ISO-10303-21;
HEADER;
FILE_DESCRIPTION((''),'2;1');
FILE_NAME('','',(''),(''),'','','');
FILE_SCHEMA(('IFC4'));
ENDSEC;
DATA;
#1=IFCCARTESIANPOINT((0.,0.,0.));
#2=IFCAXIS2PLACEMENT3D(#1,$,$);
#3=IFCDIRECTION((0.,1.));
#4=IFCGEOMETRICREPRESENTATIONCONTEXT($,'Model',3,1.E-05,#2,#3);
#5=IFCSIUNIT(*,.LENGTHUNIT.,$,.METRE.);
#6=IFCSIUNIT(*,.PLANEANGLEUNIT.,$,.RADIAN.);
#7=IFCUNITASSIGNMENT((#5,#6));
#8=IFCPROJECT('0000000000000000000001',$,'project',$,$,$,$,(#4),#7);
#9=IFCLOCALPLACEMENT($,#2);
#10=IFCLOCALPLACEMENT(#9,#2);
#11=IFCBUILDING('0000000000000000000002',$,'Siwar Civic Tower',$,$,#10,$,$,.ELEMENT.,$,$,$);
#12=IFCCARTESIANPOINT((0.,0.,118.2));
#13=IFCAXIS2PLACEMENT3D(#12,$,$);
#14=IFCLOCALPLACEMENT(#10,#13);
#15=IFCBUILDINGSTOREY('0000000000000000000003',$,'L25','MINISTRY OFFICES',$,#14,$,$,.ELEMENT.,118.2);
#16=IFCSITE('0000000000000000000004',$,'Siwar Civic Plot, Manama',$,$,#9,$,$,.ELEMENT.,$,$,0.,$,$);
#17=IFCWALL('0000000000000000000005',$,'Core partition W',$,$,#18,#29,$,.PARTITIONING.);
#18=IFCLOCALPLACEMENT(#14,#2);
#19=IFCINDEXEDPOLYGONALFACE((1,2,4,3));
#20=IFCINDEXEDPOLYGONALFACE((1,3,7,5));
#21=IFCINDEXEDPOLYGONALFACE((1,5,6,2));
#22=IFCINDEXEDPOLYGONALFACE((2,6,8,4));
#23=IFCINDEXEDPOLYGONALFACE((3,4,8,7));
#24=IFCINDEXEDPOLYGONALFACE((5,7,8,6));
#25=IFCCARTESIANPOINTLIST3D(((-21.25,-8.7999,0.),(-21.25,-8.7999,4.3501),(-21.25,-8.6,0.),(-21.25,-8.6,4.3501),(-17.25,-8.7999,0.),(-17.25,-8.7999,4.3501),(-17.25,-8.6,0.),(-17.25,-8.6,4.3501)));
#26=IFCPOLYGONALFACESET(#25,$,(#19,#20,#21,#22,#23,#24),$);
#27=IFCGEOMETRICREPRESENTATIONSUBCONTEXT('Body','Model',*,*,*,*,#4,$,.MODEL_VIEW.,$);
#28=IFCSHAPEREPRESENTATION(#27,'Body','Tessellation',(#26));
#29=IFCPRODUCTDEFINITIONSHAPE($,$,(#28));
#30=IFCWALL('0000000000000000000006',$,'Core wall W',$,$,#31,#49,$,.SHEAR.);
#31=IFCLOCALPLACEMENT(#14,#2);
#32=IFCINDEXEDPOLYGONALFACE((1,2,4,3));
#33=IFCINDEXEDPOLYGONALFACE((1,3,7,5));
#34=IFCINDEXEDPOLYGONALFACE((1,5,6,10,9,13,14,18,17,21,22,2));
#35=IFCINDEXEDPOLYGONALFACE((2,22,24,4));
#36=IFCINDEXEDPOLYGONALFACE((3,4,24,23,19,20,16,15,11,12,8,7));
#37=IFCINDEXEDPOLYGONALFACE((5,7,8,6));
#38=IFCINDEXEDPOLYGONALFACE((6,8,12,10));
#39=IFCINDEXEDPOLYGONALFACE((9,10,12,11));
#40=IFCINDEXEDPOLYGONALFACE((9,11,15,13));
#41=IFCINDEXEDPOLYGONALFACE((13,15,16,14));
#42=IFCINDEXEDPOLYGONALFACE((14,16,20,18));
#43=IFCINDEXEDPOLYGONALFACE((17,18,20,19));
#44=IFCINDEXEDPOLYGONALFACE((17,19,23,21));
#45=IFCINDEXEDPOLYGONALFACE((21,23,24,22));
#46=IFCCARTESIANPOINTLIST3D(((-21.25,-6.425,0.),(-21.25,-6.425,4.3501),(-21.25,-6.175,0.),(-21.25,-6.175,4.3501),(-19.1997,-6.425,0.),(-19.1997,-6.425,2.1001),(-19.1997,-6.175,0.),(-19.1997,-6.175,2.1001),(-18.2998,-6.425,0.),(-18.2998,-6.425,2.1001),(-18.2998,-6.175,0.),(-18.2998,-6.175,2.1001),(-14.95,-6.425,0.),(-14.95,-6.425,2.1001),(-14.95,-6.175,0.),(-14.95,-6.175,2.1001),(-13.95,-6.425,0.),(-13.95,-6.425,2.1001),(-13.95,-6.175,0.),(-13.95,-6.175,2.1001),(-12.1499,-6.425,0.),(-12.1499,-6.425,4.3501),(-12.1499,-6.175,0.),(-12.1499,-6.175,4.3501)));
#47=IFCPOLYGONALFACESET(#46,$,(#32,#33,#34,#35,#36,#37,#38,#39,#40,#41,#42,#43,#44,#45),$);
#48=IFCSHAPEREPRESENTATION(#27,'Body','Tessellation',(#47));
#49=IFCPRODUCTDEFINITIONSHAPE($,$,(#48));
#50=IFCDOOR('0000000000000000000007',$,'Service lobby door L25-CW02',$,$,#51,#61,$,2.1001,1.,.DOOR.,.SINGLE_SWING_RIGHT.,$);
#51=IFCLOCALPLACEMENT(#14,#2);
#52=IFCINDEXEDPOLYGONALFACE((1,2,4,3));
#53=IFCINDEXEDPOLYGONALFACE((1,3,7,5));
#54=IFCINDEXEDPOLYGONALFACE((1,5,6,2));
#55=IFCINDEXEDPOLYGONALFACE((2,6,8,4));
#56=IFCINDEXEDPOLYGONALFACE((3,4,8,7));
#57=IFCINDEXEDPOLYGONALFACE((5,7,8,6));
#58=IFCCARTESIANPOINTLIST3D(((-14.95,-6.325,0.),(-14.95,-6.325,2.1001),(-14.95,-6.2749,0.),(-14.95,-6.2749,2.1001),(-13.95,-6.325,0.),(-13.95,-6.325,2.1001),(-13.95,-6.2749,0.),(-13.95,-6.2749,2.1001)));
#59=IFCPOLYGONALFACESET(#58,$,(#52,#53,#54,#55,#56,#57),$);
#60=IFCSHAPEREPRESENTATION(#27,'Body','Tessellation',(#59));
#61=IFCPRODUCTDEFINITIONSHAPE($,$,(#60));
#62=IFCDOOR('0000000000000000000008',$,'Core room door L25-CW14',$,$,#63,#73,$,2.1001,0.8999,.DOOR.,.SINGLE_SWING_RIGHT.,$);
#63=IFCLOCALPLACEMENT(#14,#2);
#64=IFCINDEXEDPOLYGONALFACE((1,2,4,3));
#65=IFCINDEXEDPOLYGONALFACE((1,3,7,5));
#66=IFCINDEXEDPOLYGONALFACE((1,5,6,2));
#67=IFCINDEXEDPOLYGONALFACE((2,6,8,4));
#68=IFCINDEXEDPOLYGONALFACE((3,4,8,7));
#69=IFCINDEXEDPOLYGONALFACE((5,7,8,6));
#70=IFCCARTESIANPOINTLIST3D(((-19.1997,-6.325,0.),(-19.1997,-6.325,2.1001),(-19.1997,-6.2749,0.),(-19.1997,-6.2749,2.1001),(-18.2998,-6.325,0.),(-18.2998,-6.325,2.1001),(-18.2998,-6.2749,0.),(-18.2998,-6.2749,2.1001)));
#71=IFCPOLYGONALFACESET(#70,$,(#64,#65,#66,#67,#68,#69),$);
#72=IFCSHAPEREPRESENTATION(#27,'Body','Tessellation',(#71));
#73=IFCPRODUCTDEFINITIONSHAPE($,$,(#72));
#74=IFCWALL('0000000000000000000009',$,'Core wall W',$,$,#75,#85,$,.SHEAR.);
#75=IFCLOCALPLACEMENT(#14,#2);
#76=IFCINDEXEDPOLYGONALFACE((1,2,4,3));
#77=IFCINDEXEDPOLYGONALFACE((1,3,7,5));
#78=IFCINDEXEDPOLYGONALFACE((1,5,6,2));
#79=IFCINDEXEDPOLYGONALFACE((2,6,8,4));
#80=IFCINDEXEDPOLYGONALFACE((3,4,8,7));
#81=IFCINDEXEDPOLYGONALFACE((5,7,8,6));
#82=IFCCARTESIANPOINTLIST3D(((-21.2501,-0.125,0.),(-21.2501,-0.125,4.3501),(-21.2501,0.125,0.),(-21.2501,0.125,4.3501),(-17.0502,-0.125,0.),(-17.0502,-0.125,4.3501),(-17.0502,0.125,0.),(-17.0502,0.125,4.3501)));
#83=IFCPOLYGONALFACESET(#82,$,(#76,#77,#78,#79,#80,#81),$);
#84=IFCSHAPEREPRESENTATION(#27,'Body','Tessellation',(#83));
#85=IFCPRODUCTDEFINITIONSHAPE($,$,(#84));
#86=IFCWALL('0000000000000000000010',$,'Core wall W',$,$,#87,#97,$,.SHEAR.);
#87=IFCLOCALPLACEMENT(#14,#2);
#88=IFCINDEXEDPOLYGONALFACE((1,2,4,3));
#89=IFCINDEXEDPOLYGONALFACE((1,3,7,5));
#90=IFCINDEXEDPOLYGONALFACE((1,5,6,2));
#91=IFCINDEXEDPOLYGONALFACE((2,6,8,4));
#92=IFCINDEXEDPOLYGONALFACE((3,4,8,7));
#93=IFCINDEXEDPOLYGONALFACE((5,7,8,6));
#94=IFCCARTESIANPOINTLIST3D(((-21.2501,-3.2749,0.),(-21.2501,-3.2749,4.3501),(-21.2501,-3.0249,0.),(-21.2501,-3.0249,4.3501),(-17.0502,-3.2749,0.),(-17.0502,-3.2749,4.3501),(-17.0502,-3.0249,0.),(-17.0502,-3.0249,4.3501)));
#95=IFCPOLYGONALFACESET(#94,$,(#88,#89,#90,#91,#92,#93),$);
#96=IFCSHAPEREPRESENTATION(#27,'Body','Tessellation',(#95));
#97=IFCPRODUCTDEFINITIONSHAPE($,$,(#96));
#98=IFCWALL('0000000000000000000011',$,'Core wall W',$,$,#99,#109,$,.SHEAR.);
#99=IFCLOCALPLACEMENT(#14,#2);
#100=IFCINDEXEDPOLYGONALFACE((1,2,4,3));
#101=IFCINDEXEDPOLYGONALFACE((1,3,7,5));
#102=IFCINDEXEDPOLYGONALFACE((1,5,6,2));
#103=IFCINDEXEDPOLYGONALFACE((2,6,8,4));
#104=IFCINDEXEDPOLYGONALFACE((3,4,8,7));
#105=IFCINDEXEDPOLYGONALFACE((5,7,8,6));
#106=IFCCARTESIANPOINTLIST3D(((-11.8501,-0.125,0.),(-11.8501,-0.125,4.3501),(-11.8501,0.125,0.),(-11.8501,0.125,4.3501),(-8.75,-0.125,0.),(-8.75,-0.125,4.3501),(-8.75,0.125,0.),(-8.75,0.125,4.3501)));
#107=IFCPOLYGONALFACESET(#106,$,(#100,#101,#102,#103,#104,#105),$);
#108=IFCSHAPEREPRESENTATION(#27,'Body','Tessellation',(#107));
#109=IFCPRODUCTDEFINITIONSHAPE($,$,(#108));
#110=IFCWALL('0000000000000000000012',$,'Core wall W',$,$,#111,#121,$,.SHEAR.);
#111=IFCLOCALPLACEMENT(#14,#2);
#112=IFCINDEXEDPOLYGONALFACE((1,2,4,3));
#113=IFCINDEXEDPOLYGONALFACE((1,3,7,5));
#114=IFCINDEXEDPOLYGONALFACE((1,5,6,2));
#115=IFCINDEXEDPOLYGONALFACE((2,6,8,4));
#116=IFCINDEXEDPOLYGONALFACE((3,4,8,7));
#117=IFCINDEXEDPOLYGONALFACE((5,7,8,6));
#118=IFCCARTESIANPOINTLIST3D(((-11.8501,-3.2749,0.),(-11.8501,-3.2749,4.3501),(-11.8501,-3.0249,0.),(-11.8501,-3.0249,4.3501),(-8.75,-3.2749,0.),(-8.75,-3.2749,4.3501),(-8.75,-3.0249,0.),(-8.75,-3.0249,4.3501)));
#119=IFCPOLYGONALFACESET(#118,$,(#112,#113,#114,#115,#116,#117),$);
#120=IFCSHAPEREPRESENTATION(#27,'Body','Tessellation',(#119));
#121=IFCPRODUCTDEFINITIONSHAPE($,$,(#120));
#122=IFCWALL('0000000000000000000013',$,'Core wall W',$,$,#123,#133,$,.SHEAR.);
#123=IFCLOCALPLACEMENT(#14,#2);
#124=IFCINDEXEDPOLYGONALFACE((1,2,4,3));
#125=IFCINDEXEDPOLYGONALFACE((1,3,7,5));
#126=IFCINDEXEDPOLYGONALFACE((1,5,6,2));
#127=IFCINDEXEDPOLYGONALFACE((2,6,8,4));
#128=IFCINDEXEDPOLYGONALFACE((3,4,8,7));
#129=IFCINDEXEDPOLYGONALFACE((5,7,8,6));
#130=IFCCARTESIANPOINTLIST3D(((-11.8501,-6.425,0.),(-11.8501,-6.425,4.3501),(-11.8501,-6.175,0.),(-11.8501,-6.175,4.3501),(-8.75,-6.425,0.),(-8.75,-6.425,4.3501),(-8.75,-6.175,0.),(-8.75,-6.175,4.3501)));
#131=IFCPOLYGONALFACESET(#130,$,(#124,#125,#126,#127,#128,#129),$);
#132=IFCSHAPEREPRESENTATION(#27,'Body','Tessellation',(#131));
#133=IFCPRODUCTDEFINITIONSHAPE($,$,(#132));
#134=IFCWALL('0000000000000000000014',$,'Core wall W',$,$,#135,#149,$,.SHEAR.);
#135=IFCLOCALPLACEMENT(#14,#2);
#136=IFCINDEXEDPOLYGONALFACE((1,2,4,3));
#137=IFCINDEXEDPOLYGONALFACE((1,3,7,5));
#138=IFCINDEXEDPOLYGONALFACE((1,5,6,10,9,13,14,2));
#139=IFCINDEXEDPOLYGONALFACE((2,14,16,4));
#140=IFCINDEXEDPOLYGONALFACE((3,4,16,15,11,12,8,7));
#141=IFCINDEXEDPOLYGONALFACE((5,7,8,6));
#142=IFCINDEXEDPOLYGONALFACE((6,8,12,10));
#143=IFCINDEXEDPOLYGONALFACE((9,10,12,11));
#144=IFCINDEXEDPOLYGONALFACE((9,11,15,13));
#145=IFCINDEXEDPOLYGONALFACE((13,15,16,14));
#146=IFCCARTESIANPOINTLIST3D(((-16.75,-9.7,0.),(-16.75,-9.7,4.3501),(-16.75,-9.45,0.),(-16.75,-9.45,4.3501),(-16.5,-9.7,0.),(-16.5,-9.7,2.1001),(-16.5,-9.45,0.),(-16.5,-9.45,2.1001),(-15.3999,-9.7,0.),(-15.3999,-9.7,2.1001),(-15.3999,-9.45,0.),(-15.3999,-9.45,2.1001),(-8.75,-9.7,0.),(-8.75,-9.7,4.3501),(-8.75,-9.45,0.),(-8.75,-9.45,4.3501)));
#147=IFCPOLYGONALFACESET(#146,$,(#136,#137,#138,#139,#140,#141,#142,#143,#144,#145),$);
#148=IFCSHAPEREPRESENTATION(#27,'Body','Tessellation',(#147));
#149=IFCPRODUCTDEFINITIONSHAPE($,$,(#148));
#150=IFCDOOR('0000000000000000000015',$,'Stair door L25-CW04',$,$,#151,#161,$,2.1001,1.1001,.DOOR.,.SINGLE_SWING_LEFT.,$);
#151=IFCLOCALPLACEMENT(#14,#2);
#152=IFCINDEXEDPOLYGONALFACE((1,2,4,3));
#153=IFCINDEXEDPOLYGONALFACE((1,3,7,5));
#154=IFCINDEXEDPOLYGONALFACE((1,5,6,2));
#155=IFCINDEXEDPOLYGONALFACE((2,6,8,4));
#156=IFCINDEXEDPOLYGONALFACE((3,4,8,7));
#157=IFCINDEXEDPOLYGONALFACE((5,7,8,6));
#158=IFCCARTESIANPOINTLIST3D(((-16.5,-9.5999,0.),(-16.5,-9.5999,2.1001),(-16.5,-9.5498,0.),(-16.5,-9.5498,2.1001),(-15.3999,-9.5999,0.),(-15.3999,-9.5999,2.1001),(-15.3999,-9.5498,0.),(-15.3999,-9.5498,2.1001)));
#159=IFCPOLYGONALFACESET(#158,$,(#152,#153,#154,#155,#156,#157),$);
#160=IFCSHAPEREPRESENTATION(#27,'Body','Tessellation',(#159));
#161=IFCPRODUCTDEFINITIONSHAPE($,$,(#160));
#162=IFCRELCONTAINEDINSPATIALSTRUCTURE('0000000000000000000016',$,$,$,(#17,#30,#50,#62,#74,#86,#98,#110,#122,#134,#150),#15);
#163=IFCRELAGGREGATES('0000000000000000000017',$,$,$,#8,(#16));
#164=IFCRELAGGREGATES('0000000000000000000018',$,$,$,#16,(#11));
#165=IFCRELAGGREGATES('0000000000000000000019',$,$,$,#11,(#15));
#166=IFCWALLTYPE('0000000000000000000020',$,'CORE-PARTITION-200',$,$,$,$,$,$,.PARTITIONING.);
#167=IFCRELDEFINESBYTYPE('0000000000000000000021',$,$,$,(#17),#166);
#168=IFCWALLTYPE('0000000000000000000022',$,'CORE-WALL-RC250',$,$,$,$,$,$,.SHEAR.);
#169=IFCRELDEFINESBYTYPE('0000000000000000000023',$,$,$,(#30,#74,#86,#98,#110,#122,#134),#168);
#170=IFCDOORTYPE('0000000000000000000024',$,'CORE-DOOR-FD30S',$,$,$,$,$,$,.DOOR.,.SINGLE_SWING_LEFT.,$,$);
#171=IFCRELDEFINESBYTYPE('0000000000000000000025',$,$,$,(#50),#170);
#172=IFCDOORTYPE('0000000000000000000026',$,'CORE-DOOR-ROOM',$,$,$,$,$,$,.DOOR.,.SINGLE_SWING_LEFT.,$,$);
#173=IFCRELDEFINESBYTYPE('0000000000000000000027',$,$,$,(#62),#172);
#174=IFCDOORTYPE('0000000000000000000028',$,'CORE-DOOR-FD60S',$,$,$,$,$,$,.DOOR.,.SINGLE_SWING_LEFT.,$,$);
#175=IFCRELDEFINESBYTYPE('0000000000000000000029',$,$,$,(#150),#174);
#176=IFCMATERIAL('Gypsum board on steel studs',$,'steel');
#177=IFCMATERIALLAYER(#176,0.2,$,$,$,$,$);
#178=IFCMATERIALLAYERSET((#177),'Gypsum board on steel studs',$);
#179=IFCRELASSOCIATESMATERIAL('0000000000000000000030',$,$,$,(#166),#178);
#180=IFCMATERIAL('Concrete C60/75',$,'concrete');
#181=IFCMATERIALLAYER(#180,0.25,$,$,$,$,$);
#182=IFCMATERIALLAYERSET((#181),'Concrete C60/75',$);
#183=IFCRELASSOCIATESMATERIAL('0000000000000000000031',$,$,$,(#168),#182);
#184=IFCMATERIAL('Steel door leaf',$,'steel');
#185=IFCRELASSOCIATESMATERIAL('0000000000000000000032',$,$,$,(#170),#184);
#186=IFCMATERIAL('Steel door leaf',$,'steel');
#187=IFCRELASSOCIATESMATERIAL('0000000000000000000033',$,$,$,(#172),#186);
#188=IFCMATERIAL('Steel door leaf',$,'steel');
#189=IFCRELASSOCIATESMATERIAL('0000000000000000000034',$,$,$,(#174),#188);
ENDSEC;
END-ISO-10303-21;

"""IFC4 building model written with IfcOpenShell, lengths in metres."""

from ifc_helpers import new_model, si_unit, direction, frame, frame_2d, origin, place, context, subcontext, project, spatial, rectangle, extrude, material, layer, layer_set, type_object, element, fill, save


model = new_model("IFC4")

# Units and contexts
model_context = context("Model", 3, precision=1e-05, world=origin(), true_north=direction((0.0, 1.0)))
body_context = subcontext(model_context, "Body", "Model", "MODEL_VIEW")
ifc_project = project(units=[si_unit("LENGTHUNIT", "METRE"), si_unit("PLANEANGLEUNIT", "RADIAN")], contexts=[model_context])

# Site, building, storey
site_placement = place(None, origin())
site = spatial("IfcSite", under=ifc_project, at=site_placement, Name="Siwar Civic Plot, Manama", CompositionType="ELEMENT", RefElevation=0.0)
building_placement = place(site_placement, origin())
building = spatial("IfcBuilding", under=site, at=building_placement, Name="Siwar Civic Tower", CompositionType="ELEMENT")
storey_placement = place(building_placement, frame((0.0, 0.0, 118.2)))
storey = spatial("IfcBuildingStorey", under=building, at=storey_placement, Name="L25", Description="MINISTRY OFFICES", CompositionType="ELEMENT", Elevation=118.2)

# Wall
ifc_material_1 = material(Name="Gypsum board on steel studs", Category="steel")
ifc_layer_1 = layer(ifc_material_1, 0.2)
ifc_layer_set_1 = layer_set([ifc_layer_1], Name="Gypsum board on steel studs")
wall_type_1 = type_object("IfcWallType", Name="CORE-PARTITION-200", PredefinedType="PARTITIONING", material=ifc_layer_set_1)
wall_1_placement = place(storey_placement, frame((-17.25, -8.7, 0.0), z_axis=(0.0, 0.0, 1.0), x_axis=(-1.0, 0.0, 0.0)))
element("IfcWall", 1, at=wall_1_placement, inside=storey, type_object=wall_type_1, Name="Core partition W", PredefinedType="PARTITIONING", context=body_context, shape_type="SweptSolid", body=[
    extrude(rectangle(XDim=4.0, YDim=0.2, at=frame_2d((2.0, 0.0))), origin(), (0.0, 0.0, 1.0), 4.3501),
])

# Wall, openings, doors
ifc_material_2 = material(Name="Concrete C60/75", Category="concrete")
ifc_layer_2 = layer(ifc_material_2, 0.25)
ifc_layer_set_2 = layer_set([ifc_layer_2], Name="Concrete C60/75")
wall_type_2 = type_object("IfcWallType", Name="CORE-WALL-RC250", PredefinedType="SHEAR", material=ifc_layer_set_2)
wall_2_placement = place(storey_placement, frame((-12.1499, -6.3, 0.0), z_axis=(0.0, 0.0, 1.0), x_axis=(-1.0, 0.0, 0.0)))
wall_2 = element("IfcWall", 2, at=wall_2_placement, inside=storey, type_object=wall_type_2, Name="Core wall W", PredefinedType="SHEAR", context=body_context, shape_type="SweptSolid", body=[
    extrude(rectangle(XDim=9.1001, YDim=0.25, at=frame_2d((4.55, 0.0))), origin(), (0.0, 0.0, 1.0), 4.3501),
])
opening_1_placement = place(wall_2_placement, frame((1.8, 0.0, 0.0)))
opening_1 = element("IfcOpeningElement", 3, at=opening_1_placement, cuts=wall_2, PredefinedType="OPENING", context=body_context, shape_type="SweptSolid", body=[
    extrude(rectangle(XDim=1.0, YDim=2.1001, at=frame_2d((0.5, 1.05))), frame((0.0, 0.135, 0.0), z_axis=(0.0, -1.0, 0.0), x_axis=(1.0, 0.0, 0.0)), (0.0, 0.0, 1.0), 0.27),
])
opening_2_placement = place(wall_2_placement, frame((6.1499, 0.0, 0.0)))
opening_2 = element("IfcOpeningElement", 4, at=opening_2_placement, cuts=wall_2, PredefinedType="OPENING", context=body_context, shape_type="SweptSolid", body=[
    extrude(rectangle(XDim=0.8999, YDim=2.1001, at=frame_2d((0.45, 1.05))), frame((0.0, 0.135, 0.0), z_axis=(0.0, -1.0, 0.0), x_axis=(1.0, 0.0, 0.0)), (0.0, 0.0, 1.0), 0.27),
])
ifc_material_3 = material(Name="Steel door leaf", Category="steel")
door_type_1 = type_object("IfcDoorType", Name="CORE-DOOR-FD30S", OperationType="SINGLE_SWING_LEFT", PredefinedType="DOOR", material=ifc_material_3)
door_1_placement = place(opening_1_placement, origin())
door_1 = element("IfcDoor", 5, at=door_1_placement, inside=storey, type_object=door_type_1, Name="Service lobby door L25-CW02", OperationType="SINGLE_SWING_RIGHT", OverallHeight=2.1001, OverallWidth=1.0, PredefinedType="DOOR", context=body_context, shape_type="SweptSolid", body=[
    extrude(rectangle(XDim=1.0, YDim=2.1001, at=frame_2d((0.5, 1.05))), frame((0.0, 0.0249, 0.0), z_axis=(0.0, -1.0, 0.0), x_axis=(1.0, 0.0, 0.0)), (0.0, 0.0, 1.0), 0.05),
])
fill(opening_1, door_1)
ifc_material_4 = material(Name="Steel door leaf", Category="steel")
door_type_2 = type_object("IfcDoorType", Name="CORE-DOOR-ROOM", OperationType="SINGLE_SWING_LEFT", PredefinedType="DOOR", material=ifc_material_4)
door_2_placement = place(opening_2_placement, origin())
door_2 = element("IfcDoor", 6, at=door_2_placement, inside=storey, type_object=door_type_2, Name="Core room door L25-CW14", OperationType="SINGLE_SWING_RIGHT", OverallHeight=2.1001, OverallWidth=0.8999, PredefinedType="DOOR", context=body_context, shape_type="SweptSolid", body=[
    extrude(rectangle(XDim=0.8999, YDim=2.1001, at=frame_2d((0.45, 1.05))), frame((0.0, 0.0249, 0.0), z_axis=(0.0, -1.0, 0.0), x_axis=(1.0, 0.0, 0.0)), (0.0, 0.0, 1.0), 0.05),
])
fill(opening_2, door_2)

# Walls
for number, where, z_axis, x_axis, name in (
    (7, (-17.05, 0.0, 0.0), (0.0, 0.0, 1.0), (-1.0, 0.0, 0.0), "Core wall W"),
    (8, (-17.05, -3.1499, 0.0), (0.0, 0.0, 1.0), (-1.0, 0.0, 0.0), "Core wall W"),
):
    element("IfcWall", number, at=place(storey_placement, frame(where, z_axis=z_axis, x_axis=x_axis)), inside=storey, type_object=wall_type_2, Name=name, PredefinedType="SHEAR", context=body_context, shape_type="SweptSolid", body=[
        extrude(rectangle(XDim=4.2, YDim=0.25, at=frame_2d((2.1001, 0.0))), origin(), (0.0, 0.0, 1.0), 4.3501),
    ])
for number, where, z_axis, x_axis, name in (
    (9, (-8.75, 0.0, 0.0), (0.0, 0.0, 1.0), (-1.0, 0.0, 0.0), "Core wall W"),
    (10, (-8.75, -3.1499, 0.0), (0.0, 0.0, 1.0), (-1.0, 0.0, 0.0), "Core wall W"),
    (11, (-8.75, -6.3, 0.0), (0.0, 0.0, 1.0), (-1.0, 0.0, 0.0), "Core wall W"),
):
    element("IfcWall", number, at=place(storey_placement, frame(where, z_axis=z_axis, x_axis=x_axis)), inside=storey, type_object=wall_type_2, Name=name, PredefinedType="SHEAR", context=body_context, shape_type="SweptSolid", body=[
        extrude(rectangle(XDim=3.1001, YDim=0.25, at=frame_2d((1.55, 0.0))), origin(), (0.0, 0.0, 1.0), 4.3501),
    ])

# Wall, opening, door
wall_3_placement = place(storey_placement, frame((-8.75, -9.575, 0.0), z_axis=(0.0, 0.0, 1.0), x_axis=(-1.0, 0.0, 0.0)))
wall_3 = element("IfcWall", 12, at=wall_3_placement, inside=storey, type_object=wall_type_2, Name="Core wall W", PredefinedType="SHEAR", context=body_context, shape_type="SweptSolid", body=[
    extrude(rectangle(XDim=8.0, YDim=0.25, at=frame_2d((4.0, 0.0))), origin(), (0.0, 0.0, 1.0), 4.3501),
])
opening_3_placement = place(wall_3_placement, frame((6.6499, 0.0, 0.0)))
opening_3 = element("IfcOpeningElement", 13, at=opening_3_placement, cuts=wall_3, PredefinedType="OPENING", context=body_context, shape_type="SweptSolid", body=[
    extrude(rectangle(XDim=1.1001, YDim=2.1001, at=frame_2d((0.55, 1.05))), frame((0.0, 0.135, 0.0), z_axis=(0.0, -1.0, 0.0), x_axis=(1.0, 0.0, 0.0)), (0.0, 0.0, 1.0), 0.27),
])
ifc_material_5 = material(Name="Steel door leaf", Category="steel")
door_type_3 = type_object("IfcDoorType", Name="CORE-DOOR-FD60S", OperationType="SINGLE_SWING_LEFT", PredefinedType="DOOR", material=ifc_material_5)
door_3_placement = place(opening_3_placement, origin())
door_3 = element("IfcDoor", 14, at=door_3_placement, inside=storey, type_object=door_type_3, Name="Stair door L25-CW04", OperationType="SINGLE_SWING_LEFT", OverallHeight=2.1001, OverallWidth=1.1001, PredefinedType="DOOR", context=body_context, shape_type="SweptSolid", body=[
    extrude(rectangle(XDim=1.1001, YDim=2.1001, at=frame_2d((0.55, 1.05))), frame((0.0, 0.0249, 0.0), z_axis=(0.0, -1.0, 0.0), x_axis=(1.0, 0.0, 0.0)), (0.0, 0.0, 1.0), 0.05),
])
fill(opening_3, door_3)

save(model, "model.ifc")
